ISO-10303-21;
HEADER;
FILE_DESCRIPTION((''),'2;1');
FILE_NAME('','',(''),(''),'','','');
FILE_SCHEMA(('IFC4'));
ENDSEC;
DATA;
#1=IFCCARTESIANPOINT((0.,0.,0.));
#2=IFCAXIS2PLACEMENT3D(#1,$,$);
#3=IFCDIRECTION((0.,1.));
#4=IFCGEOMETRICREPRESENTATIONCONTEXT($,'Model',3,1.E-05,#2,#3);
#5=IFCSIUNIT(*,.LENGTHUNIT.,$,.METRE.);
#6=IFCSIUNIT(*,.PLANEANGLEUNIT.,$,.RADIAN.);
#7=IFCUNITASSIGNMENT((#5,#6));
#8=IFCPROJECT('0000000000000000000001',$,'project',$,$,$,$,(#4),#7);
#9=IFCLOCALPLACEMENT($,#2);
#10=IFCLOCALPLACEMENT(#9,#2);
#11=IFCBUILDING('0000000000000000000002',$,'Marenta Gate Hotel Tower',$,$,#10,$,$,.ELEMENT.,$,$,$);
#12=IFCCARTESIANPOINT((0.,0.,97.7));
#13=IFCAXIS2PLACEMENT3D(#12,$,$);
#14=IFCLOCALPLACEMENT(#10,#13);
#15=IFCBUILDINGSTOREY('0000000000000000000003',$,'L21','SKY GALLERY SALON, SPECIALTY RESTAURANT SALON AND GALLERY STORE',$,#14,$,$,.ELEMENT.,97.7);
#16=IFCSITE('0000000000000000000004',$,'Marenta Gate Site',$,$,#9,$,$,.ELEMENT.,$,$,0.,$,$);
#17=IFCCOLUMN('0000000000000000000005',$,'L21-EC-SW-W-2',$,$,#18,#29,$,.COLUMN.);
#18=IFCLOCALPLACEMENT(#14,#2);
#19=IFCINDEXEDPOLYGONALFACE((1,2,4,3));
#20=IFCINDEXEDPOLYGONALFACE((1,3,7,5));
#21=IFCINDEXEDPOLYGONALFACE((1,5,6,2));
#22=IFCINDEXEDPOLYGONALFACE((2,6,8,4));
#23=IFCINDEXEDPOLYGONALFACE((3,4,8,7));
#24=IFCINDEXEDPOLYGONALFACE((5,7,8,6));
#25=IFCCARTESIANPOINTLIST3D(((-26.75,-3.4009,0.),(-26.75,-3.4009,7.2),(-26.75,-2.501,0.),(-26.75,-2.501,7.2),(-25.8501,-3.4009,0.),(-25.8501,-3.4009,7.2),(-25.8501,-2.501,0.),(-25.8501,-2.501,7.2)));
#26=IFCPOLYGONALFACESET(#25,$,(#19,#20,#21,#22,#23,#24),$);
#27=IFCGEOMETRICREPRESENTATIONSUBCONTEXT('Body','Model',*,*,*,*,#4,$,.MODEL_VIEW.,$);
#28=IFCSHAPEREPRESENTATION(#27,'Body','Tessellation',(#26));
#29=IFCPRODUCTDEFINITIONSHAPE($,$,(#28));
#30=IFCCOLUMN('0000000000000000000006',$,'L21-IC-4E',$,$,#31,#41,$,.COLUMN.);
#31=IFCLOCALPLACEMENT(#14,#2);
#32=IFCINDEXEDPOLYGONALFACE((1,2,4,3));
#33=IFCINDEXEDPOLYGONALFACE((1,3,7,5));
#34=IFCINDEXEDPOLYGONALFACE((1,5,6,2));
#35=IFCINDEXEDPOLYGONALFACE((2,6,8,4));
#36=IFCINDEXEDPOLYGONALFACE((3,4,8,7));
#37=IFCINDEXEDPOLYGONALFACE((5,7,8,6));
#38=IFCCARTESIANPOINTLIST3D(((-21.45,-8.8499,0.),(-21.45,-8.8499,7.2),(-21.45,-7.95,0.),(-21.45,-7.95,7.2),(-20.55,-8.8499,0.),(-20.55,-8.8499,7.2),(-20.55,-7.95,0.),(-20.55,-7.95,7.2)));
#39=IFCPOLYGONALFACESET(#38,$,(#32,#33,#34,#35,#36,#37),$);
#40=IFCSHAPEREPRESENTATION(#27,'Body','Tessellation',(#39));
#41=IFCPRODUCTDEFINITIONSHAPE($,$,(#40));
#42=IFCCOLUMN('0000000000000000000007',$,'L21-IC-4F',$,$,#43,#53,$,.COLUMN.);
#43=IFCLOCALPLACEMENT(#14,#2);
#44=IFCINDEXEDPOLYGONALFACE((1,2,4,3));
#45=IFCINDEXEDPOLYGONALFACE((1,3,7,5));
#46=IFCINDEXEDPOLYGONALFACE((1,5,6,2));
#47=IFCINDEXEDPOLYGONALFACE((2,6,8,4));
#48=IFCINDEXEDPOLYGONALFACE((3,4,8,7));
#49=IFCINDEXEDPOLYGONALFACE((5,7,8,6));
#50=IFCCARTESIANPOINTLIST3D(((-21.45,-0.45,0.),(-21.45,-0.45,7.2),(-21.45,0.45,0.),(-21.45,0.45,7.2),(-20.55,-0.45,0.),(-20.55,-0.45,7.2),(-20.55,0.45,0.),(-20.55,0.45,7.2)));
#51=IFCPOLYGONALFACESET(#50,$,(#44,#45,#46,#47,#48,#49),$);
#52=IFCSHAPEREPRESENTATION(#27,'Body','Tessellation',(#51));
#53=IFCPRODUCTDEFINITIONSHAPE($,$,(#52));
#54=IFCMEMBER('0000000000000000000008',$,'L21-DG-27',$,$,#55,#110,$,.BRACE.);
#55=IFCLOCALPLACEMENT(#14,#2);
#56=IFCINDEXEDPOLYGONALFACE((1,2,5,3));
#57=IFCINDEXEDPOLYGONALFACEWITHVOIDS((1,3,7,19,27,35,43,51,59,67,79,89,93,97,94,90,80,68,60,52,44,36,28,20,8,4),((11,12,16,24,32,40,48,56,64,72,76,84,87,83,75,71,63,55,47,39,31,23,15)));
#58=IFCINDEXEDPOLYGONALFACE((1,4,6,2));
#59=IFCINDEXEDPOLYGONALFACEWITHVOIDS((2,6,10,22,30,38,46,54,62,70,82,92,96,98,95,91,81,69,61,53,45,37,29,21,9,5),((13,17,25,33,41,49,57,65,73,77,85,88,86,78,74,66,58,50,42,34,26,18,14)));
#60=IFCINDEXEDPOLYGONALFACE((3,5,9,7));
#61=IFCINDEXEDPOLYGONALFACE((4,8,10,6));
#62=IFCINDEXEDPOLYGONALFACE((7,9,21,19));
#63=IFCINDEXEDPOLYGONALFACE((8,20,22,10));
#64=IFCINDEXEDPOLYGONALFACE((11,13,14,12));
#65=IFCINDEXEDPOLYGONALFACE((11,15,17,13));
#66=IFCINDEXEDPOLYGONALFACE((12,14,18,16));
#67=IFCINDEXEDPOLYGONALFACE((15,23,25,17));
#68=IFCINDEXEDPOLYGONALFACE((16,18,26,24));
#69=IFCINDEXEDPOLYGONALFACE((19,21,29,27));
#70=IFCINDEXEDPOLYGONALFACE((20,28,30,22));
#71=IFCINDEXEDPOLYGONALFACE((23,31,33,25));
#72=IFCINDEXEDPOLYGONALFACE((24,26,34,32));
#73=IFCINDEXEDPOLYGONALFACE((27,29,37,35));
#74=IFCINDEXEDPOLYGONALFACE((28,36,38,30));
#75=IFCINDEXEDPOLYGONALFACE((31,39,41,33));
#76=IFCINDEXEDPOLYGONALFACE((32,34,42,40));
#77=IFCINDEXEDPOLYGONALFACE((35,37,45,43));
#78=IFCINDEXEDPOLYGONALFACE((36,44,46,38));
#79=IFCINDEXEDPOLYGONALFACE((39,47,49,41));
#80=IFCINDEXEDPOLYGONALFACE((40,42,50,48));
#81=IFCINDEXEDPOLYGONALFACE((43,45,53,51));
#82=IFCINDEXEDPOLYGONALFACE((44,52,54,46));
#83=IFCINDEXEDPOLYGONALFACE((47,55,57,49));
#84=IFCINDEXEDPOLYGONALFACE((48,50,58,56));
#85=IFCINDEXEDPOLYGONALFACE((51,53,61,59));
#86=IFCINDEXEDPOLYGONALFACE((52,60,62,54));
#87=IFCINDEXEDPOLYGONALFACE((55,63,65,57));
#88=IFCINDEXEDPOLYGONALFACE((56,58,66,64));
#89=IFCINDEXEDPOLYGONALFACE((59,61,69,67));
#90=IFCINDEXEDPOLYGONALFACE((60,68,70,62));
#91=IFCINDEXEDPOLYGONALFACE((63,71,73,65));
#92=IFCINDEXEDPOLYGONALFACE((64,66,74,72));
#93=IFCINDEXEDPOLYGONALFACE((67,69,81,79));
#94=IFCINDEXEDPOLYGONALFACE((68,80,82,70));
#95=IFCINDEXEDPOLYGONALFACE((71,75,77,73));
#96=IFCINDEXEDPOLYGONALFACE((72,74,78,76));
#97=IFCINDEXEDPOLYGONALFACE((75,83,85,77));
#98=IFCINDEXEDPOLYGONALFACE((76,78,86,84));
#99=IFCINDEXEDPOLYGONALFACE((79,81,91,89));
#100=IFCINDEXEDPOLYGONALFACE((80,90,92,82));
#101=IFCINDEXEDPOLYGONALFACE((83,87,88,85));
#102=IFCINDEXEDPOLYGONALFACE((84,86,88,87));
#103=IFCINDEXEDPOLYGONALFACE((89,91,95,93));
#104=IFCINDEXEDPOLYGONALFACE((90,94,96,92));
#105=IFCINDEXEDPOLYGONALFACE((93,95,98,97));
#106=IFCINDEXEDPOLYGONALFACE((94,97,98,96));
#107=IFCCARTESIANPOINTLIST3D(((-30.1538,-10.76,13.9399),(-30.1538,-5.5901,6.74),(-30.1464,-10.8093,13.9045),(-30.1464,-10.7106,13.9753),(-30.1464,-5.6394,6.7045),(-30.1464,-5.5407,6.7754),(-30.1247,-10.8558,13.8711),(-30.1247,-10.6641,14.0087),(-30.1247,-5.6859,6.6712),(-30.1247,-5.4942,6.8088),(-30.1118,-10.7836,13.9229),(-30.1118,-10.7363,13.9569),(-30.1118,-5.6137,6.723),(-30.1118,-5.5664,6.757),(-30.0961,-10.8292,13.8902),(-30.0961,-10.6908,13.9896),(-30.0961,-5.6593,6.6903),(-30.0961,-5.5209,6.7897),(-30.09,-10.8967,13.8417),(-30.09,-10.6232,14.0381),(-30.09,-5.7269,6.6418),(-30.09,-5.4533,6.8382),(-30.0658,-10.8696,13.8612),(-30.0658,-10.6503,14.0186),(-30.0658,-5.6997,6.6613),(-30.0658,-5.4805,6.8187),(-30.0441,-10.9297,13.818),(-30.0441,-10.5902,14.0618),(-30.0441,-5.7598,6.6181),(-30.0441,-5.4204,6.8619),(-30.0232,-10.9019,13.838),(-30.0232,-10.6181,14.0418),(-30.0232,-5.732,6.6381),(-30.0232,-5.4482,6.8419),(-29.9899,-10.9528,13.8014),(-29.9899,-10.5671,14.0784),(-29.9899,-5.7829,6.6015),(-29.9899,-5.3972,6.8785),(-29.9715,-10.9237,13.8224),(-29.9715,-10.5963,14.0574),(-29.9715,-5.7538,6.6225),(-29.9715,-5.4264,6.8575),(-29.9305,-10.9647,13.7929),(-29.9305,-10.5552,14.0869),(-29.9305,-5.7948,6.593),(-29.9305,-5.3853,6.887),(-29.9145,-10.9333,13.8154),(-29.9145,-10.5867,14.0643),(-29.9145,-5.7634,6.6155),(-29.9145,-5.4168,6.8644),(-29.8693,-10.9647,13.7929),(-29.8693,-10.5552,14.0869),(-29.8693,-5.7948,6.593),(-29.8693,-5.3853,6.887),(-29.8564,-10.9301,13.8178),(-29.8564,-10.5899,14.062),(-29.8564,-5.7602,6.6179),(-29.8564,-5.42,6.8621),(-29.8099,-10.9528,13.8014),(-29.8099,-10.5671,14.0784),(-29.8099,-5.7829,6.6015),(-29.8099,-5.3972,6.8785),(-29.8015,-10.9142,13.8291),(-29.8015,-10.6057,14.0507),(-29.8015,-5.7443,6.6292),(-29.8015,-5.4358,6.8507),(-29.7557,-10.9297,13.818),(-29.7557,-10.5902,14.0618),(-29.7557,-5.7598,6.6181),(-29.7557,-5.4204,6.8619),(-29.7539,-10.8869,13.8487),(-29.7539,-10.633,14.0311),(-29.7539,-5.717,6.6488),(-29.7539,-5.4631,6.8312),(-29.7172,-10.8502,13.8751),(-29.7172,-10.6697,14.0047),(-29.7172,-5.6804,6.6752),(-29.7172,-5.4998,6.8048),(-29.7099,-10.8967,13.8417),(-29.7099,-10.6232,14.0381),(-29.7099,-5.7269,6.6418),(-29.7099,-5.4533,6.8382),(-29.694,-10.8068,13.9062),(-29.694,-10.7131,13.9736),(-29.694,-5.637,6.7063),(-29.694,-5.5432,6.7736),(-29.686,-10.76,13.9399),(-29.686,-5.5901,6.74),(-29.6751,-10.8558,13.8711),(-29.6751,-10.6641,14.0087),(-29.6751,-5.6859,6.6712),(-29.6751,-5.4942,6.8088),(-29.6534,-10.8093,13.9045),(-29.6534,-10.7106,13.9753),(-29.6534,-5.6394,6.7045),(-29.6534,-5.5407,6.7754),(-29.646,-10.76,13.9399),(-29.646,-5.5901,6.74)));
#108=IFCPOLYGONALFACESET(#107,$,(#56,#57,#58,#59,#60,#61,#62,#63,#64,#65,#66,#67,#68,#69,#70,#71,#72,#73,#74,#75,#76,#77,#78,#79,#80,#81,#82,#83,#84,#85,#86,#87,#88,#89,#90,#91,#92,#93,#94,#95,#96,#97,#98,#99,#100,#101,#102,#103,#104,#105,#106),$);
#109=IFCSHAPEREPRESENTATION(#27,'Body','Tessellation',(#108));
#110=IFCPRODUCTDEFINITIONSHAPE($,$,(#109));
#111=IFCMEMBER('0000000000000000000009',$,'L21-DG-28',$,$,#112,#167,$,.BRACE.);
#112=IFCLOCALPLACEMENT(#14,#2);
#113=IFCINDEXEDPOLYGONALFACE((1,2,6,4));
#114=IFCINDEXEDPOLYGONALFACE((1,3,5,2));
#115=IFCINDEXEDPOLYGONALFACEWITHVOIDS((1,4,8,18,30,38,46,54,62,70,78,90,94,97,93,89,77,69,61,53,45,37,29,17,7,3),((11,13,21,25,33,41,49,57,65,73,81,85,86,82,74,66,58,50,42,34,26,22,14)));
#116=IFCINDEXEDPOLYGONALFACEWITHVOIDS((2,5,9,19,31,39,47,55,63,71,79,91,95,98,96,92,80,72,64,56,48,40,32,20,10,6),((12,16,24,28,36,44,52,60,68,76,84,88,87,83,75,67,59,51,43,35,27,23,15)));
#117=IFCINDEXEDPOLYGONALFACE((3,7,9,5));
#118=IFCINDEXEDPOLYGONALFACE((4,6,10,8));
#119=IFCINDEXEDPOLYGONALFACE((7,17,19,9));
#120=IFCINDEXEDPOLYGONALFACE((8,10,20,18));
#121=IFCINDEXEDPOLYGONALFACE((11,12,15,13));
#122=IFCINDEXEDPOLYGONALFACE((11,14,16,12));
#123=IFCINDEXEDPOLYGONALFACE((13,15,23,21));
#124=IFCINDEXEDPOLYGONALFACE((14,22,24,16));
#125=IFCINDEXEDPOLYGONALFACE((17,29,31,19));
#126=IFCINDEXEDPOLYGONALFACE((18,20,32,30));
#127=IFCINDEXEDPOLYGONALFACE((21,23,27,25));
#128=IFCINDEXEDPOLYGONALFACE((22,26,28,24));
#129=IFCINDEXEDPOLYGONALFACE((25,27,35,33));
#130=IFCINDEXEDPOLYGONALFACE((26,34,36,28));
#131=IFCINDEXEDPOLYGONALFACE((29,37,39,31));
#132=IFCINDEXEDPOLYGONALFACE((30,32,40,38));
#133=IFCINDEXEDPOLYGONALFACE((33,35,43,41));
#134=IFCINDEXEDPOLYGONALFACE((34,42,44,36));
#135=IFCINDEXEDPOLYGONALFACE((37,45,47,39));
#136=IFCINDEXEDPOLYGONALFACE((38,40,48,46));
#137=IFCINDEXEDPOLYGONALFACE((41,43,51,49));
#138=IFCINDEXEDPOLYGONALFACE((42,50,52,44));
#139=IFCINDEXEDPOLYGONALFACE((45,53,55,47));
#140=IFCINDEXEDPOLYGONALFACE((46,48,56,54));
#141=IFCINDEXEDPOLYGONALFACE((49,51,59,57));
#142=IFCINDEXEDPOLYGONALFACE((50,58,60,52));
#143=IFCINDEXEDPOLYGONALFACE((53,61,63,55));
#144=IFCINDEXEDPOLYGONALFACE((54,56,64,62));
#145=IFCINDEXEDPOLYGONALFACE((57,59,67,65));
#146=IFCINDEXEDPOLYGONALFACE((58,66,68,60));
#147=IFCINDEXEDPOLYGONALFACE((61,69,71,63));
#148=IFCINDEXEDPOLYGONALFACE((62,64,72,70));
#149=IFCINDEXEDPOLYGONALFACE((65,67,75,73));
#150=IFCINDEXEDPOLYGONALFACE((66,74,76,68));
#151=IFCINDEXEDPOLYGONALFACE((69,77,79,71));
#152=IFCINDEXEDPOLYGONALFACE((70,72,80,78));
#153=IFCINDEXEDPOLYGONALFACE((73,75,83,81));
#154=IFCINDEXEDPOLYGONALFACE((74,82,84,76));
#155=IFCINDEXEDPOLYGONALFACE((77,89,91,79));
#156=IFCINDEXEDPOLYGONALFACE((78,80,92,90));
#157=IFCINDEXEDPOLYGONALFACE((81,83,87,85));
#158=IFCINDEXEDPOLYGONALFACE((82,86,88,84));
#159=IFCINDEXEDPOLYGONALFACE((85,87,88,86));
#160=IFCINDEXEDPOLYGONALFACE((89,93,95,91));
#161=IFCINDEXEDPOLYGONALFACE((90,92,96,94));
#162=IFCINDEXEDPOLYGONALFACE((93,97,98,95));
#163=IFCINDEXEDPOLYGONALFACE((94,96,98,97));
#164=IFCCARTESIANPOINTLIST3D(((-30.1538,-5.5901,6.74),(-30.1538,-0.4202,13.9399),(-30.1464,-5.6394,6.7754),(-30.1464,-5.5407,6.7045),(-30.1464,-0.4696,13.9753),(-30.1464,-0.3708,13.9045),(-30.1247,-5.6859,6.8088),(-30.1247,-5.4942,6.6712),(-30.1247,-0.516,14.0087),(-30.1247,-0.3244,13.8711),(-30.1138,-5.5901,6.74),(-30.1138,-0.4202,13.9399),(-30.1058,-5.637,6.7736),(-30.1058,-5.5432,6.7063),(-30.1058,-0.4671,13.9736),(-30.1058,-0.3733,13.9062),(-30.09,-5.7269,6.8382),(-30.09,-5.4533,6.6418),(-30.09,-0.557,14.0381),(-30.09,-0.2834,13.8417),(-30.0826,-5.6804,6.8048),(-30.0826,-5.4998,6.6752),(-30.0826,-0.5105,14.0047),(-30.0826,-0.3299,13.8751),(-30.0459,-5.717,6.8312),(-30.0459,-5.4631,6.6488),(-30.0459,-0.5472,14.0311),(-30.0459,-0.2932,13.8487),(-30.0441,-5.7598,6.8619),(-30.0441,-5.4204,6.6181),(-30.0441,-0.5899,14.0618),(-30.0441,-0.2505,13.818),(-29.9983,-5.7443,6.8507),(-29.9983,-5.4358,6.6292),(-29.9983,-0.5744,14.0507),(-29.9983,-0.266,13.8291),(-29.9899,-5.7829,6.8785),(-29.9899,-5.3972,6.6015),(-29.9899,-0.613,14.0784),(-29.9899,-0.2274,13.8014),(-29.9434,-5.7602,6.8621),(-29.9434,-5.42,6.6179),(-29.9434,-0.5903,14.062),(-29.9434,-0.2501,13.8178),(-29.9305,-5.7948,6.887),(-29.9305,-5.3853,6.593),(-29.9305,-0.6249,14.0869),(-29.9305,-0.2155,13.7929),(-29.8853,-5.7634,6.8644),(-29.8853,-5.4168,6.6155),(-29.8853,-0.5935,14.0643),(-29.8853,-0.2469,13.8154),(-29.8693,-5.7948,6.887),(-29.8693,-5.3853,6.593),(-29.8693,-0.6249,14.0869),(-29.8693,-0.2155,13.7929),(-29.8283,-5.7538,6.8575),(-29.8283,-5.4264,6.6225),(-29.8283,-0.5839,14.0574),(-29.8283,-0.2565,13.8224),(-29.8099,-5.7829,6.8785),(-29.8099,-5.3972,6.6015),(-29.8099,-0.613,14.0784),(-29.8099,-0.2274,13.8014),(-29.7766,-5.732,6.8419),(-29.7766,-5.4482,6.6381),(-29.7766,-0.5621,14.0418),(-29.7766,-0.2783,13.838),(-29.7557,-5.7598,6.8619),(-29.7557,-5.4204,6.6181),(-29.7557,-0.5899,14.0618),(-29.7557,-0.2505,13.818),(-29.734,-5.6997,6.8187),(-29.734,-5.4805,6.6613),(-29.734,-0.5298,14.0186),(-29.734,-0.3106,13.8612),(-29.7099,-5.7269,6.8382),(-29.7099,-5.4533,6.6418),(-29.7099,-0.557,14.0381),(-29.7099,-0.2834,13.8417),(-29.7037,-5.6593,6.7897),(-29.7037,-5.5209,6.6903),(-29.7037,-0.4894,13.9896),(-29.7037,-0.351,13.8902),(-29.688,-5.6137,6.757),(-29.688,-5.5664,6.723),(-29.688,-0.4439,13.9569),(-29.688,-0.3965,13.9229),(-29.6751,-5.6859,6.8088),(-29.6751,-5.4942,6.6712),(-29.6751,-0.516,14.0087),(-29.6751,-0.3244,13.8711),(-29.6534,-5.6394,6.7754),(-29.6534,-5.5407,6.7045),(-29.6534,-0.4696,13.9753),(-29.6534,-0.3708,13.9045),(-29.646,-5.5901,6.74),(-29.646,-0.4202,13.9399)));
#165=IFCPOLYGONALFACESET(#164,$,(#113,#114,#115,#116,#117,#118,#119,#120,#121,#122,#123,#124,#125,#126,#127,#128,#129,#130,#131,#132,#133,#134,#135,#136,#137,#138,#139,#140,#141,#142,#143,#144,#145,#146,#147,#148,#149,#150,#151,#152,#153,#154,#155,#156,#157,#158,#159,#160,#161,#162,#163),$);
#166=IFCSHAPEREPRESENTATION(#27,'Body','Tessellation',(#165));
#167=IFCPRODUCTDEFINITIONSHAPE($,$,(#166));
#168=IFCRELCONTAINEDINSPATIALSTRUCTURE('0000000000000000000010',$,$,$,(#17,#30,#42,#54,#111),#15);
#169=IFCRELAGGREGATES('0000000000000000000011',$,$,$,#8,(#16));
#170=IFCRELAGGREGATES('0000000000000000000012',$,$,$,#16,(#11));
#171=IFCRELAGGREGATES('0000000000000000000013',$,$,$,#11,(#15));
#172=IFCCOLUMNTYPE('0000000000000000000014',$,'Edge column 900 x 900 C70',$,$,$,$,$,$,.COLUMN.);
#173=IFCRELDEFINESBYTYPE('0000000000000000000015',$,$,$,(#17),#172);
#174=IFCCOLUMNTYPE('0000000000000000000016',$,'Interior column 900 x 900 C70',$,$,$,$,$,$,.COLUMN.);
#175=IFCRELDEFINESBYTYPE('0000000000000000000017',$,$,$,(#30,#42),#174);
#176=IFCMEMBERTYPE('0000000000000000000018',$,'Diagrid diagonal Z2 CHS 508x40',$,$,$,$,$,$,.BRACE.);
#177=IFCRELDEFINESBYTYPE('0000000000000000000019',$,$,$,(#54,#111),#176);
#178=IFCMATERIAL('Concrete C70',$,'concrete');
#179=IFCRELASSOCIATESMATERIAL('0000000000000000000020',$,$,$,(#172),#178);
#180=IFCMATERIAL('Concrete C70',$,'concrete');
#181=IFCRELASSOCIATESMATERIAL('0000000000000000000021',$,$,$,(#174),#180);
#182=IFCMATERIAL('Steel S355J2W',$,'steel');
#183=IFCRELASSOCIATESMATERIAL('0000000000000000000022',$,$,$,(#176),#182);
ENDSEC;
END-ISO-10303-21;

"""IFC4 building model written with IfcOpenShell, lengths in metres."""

from ifc_helpers import new_model, si_unit, direction, frame, origin, origin_2d, place, context, subcontext, project, spatial, rectangle, hollow_circle, extrude, material, material_profile, profile_set, type_object, element, save


model = new_model("IFC4")

# Units and contexts
model_context = context("Model", 3, precision=1e-05, world=origin(), true_north=direction((0.0, 1.0)))
body_context = subcontext(model_context, "Body", "Model", "MODEL_VIEW")
ifc_project = project(units=[si_unit("LENGTHUNIT", "METRE"), si_unit("PLANEANGLEUNIT", "RADIAN")], contexts=[model_context])

# Site, building, storey
site_placement = place(None, origin())
site = spatial("IfcSite", under=ifc_project, at=site_placement, Name="Marenta Gate Site", CompositionType="ELEMENT", RefElevation=0.0)
building_placement = place(site_placement, origin())
building = spatial("IfcBuilding", under=site, at=building_placement, Name="Marenta Gate Hotel Tower", CompositionType="ELEMENT")
storey_placement = place(building_placement, frame((0.0, 0.0, 97.7)))
storey = spatial("IfcBuildingStorey", under=building, at=storey_placement, Name="L21", Description="SKY GALLERY SALON, SPECIALTY RESTAURANT SALON AND GALLERY STORE", CompositionType="ELEMENT", Elevation=97.7)

# Columns
ifc_material_1 = material(Name="Concrete C70", Category="concrete")
ifc_material_profile_1 = material_profile(ifc_material_1, rectangle(XDim=0.8999, YDim=0.8999, at=origin_2d()), Name="900 x 900")
ifc_profile_set_1 = profile_set([ifc_material_profile_1], Name="Concrete C70")
column_type_1 = type_object("IfcColumnType", Name="Edge column 900 x 900 C70", PredefinedType="COLUMN", material=ifc_profile_set_1)
column_placement = place(storey_placement, frame((-26.3, -2.9509, 0.0), z_axis=(0.0, 0.0, 1.0), x_axis=(1.0, 0.0, 0.0)))
element("IfcColumn", 1, at=column_placement, inside=storey, type_object=column_type_1, Name="L21-EC-SW-W-2", PredefinedType="COLUMN", context=body_context, shape_type="SweptSolid", body=[
    extrude(rectangle(XDim=0.8999, YDim=0.8999, at=origin_2d()), origin(), (0.0, 0.0, 1.0), 7.2),
])
ifc_material_2 = material(Name="Concrete C70", Category="concrete")
ifc_material_profile_2 = material_profile(ifc_material_2, rectangle(XDim=0.8999, YDim=0.8999, at=origin_2d()), Name="900 x 900")
ifc_profile_set_2 = profile_set([ifc_material_profile_2], Name="Concrete C70")
column_type_2 = type_object("IfcColumnType", Name="Interior column 900 x 900 C70", PredefinedType="COLUMN", material=ifc_profile_set_2)
for number, where, z_axis, x_axis, name in (
    (2, (-21.0, -8.3999, 0.0), (0.0, 0.0, 1.0), (1.0, 0.0, 0.0), "L21-IC-4E"),
    (3, (-21.0, 0.0, 0.0), (0.0, 0.0, 1.0), (1.0, 0.0, 0.0), "L21-IC-4F"),
):
    element("IfcColumn", number, at=place(storey_placement, frame(where, z_axis=z_axis, x_axis=x_axis)), inside=storey, type_object=column_type_2, Name=name, PredefinedType="COLUMN", context=body_context, shape_type="SweptSolid", body=[
        extrude(rectangle(XDim=0.8999, YDim=0.8999, at=origin_2d()), origin(), (0.0, 0.0, 1.0), 7.2),
    ])

# Members
ifc_material_3 = material(Name="Steel S355J2W", Category="steel")
ifc_material_profile_3 = material_profile(ifc_material_3, hollow_circle(Radius=0.2539, WallThickness=0.04, at=origin_2d()), Name="CHS 508x40")
ifc_profile_set_3 = profile_set([ifc_material_profile_3], Name="Steel S355J2W")
member_type_1 = type_object("IfcMemberType", Name="Diagrid diagonal Z2 CHS 508x40", PredefinedType="BRACE", material=ifc_profile_set_3)
for number, where, z_axis, x_axis, name in (
    (4, (-29.8999, -5.5901, 6.74), (0.0, -0.583261, 0.812285), (1.0, 0.0, 0.0), "L21-DG-27"),
    (5, (-29.8999, -5.5901, 6.74), (0.0, 0.583261, 0.812285), (-1.0, 0.0, 0.0), "L21-DG-28"),
):
    element("IfcMember", number, at=place(storey_placement, frame(where, z_axis=z_axis, x_axis=x_axis)), inside=storey, type_object=member_type_1, Name=name, PredefinedType="BRACE", context=body_context, shape_type="SweptSolid", body=[
        extrude(hollow_circle(Radius=0.2539, WallThickness=0.04, at=origin_2d()), origin(), (0.0, 0.0, 1.0), 8.8638),
    ])

save(model, "model.ifc")
